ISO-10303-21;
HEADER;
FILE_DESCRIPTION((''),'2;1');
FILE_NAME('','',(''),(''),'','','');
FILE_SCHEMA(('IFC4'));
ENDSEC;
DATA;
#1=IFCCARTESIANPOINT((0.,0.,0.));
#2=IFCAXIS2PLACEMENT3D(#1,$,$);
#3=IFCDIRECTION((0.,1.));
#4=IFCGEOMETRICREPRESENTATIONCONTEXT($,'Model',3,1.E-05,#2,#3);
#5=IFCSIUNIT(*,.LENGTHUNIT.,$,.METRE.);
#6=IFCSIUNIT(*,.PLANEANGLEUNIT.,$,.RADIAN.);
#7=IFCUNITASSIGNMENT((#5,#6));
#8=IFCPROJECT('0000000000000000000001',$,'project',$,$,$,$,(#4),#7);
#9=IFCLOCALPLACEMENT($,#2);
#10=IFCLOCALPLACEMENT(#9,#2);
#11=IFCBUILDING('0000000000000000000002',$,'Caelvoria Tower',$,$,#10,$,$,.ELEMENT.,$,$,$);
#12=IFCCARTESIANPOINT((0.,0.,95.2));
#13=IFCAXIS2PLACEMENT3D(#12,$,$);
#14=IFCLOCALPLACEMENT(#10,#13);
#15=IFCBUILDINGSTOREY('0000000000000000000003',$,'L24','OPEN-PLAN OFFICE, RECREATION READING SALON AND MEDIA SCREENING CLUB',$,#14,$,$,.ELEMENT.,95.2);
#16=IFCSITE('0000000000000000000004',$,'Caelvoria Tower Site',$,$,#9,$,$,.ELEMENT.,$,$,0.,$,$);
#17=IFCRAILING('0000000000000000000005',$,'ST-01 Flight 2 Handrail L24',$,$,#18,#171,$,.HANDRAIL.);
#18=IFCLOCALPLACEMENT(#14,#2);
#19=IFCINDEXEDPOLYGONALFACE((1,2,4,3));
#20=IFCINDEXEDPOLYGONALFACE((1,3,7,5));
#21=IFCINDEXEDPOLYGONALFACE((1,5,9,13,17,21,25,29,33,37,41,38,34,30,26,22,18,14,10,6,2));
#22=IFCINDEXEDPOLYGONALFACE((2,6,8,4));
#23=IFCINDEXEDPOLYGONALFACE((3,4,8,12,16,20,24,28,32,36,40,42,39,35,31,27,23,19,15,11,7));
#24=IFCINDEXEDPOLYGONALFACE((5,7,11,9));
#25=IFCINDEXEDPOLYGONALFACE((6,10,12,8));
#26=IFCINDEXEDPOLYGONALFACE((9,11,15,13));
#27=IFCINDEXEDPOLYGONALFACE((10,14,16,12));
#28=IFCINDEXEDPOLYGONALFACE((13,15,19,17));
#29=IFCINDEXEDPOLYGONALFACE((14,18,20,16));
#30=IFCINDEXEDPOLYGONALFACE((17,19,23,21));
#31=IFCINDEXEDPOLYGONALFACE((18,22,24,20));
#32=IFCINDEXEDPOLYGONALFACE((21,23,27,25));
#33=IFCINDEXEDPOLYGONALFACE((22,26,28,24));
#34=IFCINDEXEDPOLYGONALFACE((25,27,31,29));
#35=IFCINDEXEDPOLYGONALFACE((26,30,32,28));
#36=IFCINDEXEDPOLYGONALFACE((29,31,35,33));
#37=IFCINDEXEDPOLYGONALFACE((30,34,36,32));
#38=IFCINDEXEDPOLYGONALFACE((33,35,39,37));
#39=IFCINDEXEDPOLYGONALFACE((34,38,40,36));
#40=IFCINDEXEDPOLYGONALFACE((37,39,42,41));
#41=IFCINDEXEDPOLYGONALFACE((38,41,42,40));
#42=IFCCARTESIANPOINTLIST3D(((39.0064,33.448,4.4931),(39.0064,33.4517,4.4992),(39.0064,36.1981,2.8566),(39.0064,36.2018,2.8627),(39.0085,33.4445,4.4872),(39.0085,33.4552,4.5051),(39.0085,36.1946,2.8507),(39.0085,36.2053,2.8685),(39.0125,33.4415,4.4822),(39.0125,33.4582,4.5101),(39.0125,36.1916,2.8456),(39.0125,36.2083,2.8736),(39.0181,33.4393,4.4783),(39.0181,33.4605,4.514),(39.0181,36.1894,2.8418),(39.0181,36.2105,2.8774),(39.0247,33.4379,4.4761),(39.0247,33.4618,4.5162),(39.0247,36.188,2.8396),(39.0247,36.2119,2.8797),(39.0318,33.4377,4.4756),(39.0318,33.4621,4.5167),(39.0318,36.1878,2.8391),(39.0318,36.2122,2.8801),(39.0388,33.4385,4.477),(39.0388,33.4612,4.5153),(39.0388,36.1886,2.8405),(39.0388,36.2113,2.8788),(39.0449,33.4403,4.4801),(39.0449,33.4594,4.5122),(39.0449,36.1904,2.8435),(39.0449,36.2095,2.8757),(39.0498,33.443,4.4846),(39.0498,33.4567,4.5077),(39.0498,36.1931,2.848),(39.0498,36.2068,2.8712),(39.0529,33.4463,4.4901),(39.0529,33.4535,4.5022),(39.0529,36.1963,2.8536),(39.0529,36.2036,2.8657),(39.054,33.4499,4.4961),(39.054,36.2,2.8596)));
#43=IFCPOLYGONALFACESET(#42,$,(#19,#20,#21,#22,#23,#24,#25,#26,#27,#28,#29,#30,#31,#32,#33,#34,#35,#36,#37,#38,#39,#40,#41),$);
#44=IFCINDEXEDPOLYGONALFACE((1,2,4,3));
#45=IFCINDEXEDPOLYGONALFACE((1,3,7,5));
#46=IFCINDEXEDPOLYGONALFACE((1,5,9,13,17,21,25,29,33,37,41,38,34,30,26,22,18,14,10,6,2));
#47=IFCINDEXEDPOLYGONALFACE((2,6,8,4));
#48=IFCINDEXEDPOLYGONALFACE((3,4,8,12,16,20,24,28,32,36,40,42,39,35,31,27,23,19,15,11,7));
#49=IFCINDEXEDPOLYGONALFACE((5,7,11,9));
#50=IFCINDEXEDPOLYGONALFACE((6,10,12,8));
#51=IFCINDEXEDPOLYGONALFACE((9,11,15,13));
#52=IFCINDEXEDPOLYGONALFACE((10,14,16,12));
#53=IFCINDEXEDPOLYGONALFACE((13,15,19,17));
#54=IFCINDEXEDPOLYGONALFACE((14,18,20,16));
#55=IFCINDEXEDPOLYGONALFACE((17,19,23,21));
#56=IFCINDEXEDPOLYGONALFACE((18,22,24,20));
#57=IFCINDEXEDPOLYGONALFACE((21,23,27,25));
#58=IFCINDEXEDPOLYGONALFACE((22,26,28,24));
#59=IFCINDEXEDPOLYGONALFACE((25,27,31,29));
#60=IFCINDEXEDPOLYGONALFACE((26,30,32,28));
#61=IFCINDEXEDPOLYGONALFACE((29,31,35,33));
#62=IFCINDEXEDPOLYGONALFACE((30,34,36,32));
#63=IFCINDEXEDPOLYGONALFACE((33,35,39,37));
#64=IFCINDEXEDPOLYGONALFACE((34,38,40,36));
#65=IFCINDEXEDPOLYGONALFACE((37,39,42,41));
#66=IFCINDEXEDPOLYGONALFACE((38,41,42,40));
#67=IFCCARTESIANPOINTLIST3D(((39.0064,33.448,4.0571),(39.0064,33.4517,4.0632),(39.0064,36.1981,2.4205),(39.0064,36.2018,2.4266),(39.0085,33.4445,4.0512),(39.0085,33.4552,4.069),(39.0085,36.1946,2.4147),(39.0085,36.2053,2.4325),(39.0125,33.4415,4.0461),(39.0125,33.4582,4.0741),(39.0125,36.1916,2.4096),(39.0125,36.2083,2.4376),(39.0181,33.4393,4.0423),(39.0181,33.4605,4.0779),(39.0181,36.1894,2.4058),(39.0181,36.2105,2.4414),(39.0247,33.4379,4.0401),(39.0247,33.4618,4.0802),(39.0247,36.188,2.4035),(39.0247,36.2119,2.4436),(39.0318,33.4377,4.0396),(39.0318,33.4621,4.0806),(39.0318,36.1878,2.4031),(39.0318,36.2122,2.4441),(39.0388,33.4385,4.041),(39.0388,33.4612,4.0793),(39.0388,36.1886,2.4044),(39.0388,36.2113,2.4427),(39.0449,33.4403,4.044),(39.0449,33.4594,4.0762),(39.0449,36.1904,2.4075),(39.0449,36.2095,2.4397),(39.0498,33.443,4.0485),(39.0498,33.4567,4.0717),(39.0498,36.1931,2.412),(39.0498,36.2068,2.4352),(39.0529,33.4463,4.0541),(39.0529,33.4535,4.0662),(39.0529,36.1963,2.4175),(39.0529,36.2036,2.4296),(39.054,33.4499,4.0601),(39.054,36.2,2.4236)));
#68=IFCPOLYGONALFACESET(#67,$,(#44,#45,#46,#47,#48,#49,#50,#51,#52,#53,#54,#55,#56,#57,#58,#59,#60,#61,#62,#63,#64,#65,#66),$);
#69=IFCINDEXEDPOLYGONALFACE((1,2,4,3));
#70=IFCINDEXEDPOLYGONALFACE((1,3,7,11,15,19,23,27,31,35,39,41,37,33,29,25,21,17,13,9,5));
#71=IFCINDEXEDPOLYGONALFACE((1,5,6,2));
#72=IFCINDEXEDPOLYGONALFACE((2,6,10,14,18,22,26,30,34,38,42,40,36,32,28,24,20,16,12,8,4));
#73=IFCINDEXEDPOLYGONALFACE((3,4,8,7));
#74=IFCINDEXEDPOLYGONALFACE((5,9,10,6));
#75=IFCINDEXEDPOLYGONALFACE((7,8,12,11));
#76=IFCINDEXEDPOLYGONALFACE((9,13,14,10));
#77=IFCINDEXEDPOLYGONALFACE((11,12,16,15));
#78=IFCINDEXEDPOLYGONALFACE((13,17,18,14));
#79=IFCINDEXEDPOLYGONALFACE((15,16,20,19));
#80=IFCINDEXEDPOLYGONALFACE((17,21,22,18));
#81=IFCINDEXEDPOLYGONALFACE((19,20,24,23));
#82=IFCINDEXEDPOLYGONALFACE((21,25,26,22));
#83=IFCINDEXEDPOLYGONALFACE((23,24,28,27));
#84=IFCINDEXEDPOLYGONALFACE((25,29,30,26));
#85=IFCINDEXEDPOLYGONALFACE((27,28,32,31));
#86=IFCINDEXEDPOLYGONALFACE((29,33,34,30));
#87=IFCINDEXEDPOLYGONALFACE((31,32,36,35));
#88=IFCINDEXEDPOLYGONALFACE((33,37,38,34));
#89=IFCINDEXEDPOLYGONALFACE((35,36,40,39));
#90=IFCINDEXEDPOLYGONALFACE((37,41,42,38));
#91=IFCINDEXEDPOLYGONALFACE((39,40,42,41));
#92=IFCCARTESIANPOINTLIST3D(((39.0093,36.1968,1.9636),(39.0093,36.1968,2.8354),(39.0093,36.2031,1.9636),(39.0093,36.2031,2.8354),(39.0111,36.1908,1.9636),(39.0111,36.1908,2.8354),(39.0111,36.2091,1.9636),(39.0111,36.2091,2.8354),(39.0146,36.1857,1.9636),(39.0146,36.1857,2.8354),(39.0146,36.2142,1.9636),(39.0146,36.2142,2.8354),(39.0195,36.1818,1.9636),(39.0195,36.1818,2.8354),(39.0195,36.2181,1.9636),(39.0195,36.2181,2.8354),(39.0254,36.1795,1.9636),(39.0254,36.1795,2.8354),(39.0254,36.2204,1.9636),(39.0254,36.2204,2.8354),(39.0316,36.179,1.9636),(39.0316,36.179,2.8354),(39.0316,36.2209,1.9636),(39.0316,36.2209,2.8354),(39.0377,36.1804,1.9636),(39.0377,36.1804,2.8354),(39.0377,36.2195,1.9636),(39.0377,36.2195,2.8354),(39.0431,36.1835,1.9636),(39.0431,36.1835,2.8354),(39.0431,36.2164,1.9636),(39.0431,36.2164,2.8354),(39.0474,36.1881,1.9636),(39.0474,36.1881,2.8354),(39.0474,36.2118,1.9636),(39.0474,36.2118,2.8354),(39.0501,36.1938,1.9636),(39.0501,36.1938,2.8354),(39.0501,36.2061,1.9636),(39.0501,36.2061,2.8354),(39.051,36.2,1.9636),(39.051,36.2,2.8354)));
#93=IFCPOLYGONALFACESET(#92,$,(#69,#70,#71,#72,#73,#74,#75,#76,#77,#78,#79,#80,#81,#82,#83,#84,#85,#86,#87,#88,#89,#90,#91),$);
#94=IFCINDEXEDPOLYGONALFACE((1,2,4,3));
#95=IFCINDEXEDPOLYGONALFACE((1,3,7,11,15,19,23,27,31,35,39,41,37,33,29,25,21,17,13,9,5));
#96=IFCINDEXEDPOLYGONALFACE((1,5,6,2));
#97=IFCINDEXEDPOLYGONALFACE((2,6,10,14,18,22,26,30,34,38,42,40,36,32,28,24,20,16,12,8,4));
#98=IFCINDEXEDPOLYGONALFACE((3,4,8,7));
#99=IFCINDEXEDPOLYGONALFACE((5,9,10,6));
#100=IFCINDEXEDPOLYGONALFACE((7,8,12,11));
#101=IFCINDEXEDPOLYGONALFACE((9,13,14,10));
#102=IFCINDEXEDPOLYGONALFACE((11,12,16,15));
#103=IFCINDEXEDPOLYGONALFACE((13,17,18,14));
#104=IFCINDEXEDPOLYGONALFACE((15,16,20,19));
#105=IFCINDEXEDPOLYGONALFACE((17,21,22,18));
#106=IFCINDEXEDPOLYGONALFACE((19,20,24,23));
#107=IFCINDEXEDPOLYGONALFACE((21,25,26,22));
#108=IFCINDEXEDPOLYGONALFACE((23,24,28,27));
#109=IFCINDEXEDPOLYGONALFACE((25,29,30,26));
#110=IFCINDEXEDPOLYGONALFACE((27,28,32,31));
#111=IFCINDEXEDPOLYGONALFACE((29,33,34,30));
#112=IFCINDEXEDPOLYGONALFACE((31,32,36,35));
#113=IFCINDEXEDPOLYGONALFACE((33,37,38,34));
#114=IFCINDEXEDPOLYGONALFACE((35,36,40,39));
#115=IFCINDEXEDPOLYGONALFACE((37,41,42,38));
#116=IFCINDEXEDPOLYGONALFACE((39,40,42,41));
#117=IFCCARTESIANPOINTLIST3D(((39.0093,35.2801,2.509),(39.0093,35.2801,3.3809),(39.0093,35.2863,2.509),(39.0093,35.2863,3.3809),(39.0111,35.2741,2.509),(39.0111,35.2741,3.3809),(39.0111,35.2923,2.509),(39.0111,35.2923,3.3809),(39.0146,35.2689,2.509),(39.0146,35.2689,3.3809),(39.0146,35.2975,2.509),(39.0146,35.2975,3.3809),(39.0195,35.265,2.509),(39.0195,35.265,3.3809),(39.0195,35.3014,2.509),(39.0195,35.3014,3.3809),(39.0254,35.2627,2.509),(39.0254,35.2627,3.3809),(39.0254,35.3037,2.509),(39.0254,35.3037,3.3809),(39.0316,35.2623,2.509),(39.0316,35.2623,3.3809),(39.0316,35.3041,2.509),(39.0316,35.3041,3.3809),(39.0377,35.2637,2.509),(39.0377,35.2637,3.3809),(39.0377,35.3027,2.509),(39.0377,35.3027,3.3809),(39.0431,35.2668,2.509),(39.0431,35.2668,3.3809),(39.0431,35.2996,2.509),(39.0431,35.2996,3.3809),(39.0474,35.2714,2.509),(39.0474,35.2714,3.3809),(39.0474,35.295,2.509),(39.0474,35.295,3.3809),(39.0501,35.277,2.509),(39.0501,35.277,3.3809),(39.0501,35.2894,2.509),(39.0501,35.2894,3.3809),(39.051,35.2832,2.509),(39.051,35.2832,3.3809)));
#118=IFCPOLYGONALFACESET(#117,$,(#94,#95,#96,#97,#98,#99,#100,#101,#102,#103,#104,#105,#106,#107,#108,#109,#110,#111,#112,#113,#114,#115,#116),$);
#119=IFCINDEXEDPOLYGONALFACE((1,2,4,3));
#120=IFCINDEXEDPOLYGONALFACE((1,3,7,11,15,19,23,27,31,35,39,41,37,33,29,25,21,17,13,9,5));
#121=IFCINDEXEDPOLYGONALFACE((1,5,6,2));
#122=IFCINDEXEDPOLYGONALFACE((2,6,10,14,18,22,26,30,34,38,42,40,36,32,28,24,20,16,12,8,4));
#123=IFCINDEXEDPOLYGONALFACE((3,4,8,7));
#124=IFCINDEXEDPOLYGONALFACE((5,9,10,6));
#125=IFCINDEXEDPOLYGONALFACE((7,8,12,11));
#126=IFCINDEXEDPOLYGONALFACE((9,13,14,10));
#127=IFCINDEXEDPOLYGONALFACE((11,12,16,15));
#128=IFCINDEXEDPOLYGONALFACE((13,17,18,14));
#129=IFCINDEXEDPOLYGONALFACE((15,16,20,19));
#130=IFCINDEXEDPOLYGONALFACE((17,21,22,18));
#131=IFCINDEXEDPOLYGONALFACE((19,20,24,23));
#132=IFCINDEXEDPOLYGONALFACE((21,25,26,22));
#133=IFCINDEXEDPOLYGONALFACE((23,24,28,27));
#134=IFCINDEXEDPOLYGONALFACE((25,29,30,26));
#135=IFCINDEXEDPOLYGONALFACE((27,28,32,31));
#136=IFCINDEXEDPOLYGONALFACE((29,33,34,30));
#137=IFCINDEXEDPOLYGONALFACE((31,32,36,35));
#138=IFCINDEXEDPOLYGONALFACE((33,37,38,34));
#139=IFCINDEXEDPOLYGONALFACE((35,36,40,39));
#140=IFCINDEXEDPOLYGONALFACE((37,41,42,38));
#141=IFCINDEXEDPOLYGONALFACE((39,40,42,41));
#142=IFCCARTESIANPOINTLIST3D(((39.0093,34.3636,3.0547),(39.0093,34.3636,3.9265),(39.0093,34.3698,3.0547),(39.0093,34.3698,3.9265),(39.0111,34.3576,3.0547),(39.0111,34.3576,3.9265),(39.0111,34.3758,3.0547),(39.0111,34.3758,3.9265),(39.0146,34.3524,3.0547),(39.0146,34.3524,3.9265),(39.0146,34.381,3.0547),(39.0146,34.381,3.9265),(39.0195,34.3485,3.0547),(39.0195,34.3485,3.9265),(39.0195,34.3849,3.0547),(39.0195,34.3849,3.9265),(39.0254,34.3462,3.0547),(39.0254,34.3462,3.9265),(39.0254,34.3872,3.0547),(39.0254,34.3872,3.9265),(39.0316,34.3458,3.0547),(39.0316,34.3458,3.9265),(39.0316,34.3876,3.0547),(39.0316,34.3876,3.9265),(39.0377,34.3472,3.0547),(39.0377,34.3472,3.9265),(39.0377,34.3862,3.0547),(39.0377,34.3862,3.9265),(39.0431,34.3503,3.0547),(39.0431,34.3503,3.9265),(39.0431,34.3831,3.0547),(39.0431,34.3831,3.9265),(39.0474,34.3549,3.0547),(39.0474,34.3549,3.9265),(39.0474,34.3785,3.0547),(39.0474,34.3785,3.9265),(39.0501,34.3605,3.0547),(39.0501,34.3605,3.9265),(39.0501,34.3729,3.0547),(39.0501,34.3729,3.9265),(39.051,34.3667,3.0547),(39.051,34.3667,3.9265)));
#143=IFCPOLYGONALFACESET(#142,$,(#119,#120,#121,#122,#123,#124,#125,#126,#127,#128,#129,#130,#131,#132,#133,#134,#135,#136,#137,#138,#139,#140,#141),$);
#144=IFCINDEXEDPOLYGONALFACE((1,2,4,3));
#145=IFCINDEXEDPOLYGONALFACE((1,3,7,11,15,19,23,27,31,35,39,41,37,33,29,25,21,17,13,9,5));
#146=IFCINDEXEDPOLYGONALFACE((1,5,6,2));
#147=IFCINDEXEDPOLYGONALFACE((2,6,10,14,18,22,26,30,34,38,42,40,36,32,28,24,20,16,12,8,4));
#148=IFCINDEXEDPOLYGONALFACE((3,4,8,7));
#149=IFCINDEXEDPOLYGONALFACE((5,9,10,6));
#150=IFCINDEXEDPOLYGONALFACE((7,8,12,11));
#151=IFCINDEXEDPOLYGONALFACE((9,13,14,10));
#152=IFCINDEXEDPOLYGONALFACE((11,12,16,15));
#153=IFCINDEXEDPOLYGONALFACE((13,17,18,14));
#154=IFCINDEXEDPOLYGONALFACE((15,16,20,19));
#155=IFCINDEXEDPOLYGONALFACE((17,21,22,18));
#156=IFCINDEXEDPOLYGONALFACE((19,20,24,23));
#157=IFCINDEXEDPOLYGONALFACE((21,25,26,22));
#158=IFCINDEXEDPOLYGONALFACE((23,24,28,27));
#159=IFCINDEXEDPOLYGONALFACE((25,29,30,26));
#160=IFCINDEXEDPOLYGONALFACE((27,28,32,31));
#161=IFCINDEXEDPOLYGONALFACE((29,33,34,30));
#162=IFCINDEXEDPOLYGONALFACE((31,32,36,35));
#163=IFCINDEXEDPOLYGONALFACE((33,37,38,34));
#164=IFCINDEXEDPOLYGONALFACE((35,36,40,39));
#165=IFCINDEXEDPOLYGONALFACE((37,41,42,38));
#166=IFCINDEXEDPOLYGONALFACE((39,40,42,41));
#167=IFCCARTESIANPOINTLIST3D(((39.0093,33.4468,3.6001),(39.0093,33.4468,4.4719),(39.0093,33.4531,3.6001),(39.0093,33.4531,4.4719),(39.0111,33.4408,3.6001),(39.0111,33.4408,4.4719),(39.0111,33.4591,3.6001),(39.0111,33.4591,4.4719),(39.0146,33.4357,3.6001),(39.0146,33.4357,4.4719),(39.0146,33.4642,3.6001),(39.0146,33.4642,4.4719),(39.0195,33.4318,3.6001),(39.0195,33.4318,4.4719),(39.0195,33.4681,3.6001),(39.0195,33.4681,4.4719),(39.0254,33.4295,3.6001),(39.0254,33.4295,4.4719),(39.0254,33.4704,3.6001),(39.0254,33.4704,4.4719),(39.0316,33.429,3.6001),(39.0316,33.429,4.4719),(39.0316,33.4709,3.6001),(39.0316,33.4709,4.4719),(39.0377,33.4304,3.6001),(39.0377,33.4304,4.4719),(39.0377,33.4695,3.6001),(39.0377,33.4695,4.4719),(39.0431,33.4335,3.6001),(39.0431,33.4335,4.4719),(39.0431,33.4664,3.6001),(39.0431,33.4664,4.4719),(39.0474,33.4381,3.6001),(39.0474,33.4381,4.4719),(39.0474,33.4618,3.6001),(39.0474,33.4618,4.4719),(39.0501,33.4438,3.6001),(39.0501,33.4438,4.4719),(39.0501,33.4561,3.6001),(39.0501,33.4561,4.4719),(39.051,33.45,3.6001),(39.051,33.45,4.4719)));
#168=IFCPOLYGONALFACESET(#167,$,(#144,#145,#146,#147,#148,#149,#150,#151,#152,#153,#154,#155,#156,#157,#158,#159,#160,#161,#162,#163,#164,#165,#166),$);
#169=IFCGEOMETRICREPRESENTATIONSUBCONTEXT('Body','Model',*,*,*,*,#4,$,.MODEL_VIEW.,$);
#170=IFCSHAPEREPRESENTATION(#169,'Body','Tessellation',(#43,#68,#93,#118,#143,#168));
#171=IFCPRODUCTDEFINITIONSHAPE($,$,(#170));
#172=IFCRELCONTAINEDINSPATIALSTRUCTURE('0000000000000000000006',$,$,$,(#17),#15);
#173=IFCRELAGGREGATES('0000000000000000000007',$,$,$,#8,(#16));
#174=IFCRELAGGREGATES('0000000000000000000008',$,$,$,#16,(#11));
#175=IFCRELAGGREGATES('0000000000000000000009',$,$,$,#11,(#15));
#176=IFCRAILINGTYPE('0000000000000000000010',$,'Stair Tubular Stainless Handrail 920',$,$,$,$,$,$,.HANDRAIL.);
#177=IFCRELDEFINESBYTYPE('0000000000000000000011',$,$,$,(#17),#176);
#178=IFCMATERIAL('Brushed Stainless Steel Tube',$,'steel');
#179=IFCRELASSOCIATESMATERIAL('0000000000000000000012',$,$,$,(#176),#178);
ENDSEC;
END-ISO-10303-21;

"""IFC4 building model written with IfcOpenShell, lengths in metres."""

from ifc_helpers import new_model, si_unit, direction, frame, origin, origin_2d, place, context, subcontext, project, spatial, circle, extrude, material, type_object, element, save


model = new_model("IFC4")

# Units and contexts
model_context = context("Model", 3, precision=1e-05, world=origin(), true_north=direction((0.0, 1.0)))
body_context = subcontext(model_context, "Body", "Model", "MODEL_VIEW")
ifc_project = project(units=[si_unit("LENGTHUNIT", "METRE"), si_unit("PLANEANGLEUNIT", "RADIAN")], contexts=[model_context])

# Site, building, storey
site_placement = place(None, origin())
site = spatial("IfcSite", under=ifc_project, at=site_placement, Name="Caelvoria Tower Site", CompositionType="ELEMENT", RefElevation=0.0)
building_placement = place(site_placement, origin())
building = spatial("IfcBuilding", under=site, at=building_placement, Name="Caelvoria Tower", CompositionType="ELEMENT")
storey_placement = place(building_placement, frame((0.0, 0.0, 95.2)))
storey = spatial("IfcBuildingStorey", under=building, at=storey_placement, Name="L24", Description="OPEN-PLAN OFFICE, RECREATION READING SALON AND MEDIA SCREENING CLUB", CompositionType="ELEMENT", Elevation=95.2)

# Railing
ifc_material_1 = material(Name="Brushed Stainless Steel Tube", Category="steel")
railing_type_1 = type_object("IfcRailingType", Name="Stair Tubular Stainless Handrail 920", PredefinedType="HANDRAIL", material=ifc_material_1)
railing_1_placement = place(storey_placement, frame((39.03, 36.2, 1.9636)))
element("IfcRailing", 1, at=railing_1_placement, inside=storey, type_object=railing_type_1, Name="ST-01 Flight 2 Handrail L24", PredefinedType="HANDRAIL", context=body_context, shape_type="SweptSolid", body=[
    extrude(circle(Radius=0.0239, at=origin_2d()), frame((0.0, 0.0, 0.896), z_axis=(0.0, -0.859352, 0.511385), x_axis=(1.0, 0.0, 0.0)), (0.0, 0.0, 1.0), 3.2002),
    extrude(circle(Radius=0.0239, at=origin_2d()), frame((0.0, 0.0, 0.46), z_axis=(0.0, -0.859352, 0.511385), x_axis=(1.0, 0.0, 0.0)), (0.0, 0.0, 1.0), 3.2002),
    extrude(circle(Radius=0.021, at=origin_2d()), origin(), (0.0, 0.0, 1.0), 0.8718),
    extrude(circle(Radius=0.021, at=origin_2d()), frame((0.0, -0.9167, 0.5454)), (0.0, 0.0, 1.0), 0.8718),
    extrude(circle(Radius=0.021, at=origin_2d()), frame((0.0, -1.8333, 1.0911)), (0.0, 0.0, 1.0), 0.8718),
    extrude(circle(Radius=0.021, at=origin_2d()), frame((0.0, -2.75, 1.6365)), (0.0, 0.0, 1.0), 0.8718),
])

save(model, "model.ifc")
